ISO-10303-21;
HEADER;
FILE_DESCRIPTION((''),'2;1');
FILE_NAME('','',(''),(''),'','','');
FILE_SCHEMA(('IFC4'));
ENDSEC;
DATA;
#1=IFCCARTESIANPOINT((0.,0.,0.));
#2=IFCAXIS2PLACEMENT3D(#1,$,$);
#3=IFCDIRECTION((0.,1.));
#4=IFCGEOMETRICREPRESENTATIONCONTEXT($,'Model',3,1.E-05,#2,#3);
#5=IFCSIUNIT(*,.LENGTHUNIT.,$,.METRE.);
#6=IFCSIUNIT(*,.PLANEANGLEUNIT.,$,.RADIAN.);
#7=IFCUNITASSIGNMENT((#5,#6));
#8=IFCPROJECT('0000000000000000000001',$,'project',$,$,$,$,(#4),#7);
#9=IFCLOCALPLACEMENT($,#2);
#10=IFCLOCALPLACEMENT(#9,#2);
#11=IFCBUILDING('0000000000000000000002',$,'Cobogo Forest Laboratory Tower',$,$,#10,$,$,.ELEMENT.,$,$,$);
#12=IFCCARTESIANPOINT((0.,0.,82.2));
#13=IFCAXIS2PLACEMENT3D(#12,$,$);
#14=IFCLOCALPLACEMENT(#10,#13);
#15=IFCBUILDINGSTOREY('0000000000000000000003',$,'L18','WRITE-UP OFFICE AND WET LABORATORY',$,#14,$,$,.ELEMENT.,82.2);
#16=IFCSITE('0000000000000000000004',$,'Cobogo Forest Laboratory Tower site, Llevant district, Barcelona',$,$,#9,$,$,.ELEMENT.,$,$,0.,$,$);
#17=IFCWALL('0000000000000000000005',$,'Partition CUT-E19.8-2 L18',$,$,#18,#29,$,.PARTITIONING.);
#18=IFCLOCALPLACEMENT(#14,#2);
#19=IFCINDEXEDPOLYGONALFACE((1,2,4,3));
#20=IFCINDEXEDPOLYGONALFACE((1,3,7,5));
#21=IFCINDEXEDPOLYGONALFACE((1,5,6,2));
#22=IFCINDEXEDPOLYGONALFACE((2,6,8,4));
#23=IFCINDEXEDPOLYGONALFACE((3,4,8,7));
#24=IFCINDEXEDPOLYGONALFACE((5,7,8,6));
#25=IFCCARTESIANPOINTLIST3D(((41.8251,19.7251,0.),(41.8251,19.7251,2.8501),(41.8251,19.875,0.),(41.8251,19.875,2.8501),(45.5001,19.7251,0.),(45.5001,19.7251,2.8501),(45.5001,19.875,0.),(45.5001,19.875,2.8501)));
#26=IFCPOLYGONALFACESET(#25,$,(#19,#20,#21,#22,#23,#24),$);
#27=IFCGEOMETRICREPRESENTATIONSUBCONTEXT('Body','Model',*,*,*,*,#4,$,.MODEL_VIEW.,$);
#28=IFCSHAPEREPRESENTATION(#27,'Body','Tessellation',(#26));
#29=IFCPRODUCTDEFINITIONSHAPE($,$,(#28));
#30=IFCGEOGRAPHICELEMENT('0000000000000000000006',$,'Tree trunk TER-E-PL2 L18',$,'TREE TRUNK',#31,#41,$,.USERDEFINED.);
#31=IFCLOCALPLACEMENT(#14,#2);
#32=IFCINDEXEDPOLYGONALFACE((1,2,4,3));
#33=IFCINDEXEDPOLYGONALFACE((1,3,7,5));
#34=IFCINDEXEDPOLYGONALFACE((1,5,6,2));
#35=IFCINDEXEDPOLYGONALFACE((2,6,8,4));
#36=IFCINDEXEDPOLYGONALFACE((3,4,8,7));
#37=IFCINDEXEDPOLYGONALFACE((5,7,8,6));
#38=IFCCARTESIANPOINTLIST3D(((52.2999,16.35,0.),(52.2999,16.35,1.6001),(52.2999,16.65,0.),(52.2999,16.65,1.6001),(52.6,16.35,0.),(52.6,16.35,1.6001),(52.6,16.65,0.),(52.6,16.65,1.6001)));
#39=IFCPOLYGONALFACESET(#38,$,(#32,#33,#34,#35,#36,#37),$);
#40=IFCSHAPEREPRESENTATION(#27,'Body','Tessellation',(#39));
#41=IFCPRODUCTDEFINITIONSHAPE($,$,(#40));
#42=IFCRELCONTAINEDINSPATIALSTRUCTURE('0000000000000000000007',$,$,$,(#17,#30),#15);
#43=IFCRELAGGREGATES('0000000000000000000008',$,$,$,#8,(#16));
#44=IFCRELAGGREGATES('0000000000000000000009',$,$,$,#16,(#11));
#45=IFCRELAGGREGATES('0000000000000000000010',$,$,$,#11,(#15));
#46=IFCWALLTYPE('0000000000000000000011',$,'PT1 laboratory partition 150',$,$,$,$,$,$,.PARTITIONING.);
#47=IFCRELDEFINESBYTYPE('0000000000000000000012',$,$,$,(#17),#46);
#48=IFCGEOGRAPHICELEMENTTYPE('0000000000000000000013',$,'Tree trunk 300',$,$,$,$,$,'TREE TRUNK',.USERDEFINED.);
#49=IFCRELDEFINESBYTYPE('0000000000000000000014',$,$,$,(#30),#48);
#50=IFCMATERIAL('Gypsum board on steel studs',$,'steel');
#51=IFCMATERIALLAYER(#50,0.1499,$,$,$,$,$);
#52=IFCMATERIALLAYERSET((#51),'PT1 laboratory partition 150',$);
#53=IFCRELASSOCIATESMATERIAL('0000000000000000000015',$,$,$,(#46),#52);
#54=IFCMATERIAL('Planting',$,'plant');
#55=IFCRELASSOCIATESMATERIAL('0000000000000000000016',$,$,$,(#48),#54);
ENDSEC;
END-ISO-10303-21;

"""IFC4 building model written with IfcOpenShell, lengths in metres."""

from ifc_helpers import new_model, si_unit, direction, frame, frame_2d, origin, origin_2d, place, context, subcontext, project, spatial, rectangle, extrude, material, layer, layer_set, type_object, element, save


model = new_model("IFC4")

# Units and contexts
model_context = context("Model", 3, precision=1e-05, world=origin(), true_north=direction((0.0, 1.0)))
body_context = subcontext(model_context, "Body", "Model", "MODEL_VIEW")
ifc_project = project(units=[si_unit("LENGTHUNIT", "METRE"), si_unit("PLANEANGLEUNIT", "RADIAN")], contexts=[model_context])

# Site, building, storey
site_placement = place(None, origin())
site = spatial("IfcSite", under=ifc_project, at=site_placement, Name="Cobogo Forest Laboratory Tower site, Llevant district, Barcelona", CompositionType="ELEMENT", RefElevation=0.0)
building_placement = place(site_placement, origin())
building = spatial("IfcBuilding", under=site, at=building_placement, Name="Cobogo Forest Laboratory Tower", CompositionType="ELEMENT")
storey_placement = place(building_placement, frame((0.0, 0.0, 82.2)))
storey = spatial("IfcBuildingStorey", under=building, at=storey_placement, Name="L18", Description="WRITE-UP OFFICE AND WET LABORATORY", CompositionType="ELEMENT", Elevation=82.2)

# Wall
ifc_material_1 = material(Name="Gypsum board on steel studs", Category="steel")
ifc_layer_1 = layer(ifc_material_1, 0.1499)
ifc_layer_set_1 = layer_set([ifc_layer_1], Name="PT1 laboratory partition 150")
wall_type_1 = type_object("IfcWallType", Name="PT1 laboratory partition 150", PredefinedType="PARTITIONING", material=ifc_layer_set_1)
wall_1_placement = place(storey_placement, frame((45.5, 19.8, 0.0), z_axis=(0.0, 0.0, 1.0), x_axis=(-1.0, 0.0, 0.0)))
element("IfcWall", 1, at=wall_1_placement, inside=storey, type_object=wall_type_1, Name="Partition CUT-E19.8-2 L18", PredefinedType="PARTITIONING", context=body_context, shape_type="SweptSolid", body=[
    extrude(rectangle(XDim=3.675, YDim=0.1499, at=frame_2d((1.8374, 0.0))), origin(), (0.0, 0.0, 1.0), 2.8501),
])

# Geographic element
ifc_material_2 = material(Name="Planting", Category="plant")
geographic_element_type = type_object("IfcGeographicElementType", Name="Tree trunk 300", ElementType="TREE TRUNK", PredefinedType="USERDEFINED", material=ifc_material_2)
geographic_element_placement = place(storey_placement, frame((52.45, 16.5, 0.0), z_axis=(0.0, 0.0, 1.0), x_axis=(1.0, 0.0, 0.0)))
element("IfcGeographicElement", 2, at=geographic_element_placement, inside=storey, type_object=geographic_element_type, Name="Tree trunk TER-E-PL2 L18", ObjectType="TREE TRUNK", PredefinedType="USERDEFINED", context=body_context, shape_type="SweptSolid", body=[
    extrude(rectangle(XDim=0.3, YDim=0.3, at=origin_2d()), origin(), (0.0, 0.0, 1.0), 1.6001),
])

save(model, "model.ifc")
